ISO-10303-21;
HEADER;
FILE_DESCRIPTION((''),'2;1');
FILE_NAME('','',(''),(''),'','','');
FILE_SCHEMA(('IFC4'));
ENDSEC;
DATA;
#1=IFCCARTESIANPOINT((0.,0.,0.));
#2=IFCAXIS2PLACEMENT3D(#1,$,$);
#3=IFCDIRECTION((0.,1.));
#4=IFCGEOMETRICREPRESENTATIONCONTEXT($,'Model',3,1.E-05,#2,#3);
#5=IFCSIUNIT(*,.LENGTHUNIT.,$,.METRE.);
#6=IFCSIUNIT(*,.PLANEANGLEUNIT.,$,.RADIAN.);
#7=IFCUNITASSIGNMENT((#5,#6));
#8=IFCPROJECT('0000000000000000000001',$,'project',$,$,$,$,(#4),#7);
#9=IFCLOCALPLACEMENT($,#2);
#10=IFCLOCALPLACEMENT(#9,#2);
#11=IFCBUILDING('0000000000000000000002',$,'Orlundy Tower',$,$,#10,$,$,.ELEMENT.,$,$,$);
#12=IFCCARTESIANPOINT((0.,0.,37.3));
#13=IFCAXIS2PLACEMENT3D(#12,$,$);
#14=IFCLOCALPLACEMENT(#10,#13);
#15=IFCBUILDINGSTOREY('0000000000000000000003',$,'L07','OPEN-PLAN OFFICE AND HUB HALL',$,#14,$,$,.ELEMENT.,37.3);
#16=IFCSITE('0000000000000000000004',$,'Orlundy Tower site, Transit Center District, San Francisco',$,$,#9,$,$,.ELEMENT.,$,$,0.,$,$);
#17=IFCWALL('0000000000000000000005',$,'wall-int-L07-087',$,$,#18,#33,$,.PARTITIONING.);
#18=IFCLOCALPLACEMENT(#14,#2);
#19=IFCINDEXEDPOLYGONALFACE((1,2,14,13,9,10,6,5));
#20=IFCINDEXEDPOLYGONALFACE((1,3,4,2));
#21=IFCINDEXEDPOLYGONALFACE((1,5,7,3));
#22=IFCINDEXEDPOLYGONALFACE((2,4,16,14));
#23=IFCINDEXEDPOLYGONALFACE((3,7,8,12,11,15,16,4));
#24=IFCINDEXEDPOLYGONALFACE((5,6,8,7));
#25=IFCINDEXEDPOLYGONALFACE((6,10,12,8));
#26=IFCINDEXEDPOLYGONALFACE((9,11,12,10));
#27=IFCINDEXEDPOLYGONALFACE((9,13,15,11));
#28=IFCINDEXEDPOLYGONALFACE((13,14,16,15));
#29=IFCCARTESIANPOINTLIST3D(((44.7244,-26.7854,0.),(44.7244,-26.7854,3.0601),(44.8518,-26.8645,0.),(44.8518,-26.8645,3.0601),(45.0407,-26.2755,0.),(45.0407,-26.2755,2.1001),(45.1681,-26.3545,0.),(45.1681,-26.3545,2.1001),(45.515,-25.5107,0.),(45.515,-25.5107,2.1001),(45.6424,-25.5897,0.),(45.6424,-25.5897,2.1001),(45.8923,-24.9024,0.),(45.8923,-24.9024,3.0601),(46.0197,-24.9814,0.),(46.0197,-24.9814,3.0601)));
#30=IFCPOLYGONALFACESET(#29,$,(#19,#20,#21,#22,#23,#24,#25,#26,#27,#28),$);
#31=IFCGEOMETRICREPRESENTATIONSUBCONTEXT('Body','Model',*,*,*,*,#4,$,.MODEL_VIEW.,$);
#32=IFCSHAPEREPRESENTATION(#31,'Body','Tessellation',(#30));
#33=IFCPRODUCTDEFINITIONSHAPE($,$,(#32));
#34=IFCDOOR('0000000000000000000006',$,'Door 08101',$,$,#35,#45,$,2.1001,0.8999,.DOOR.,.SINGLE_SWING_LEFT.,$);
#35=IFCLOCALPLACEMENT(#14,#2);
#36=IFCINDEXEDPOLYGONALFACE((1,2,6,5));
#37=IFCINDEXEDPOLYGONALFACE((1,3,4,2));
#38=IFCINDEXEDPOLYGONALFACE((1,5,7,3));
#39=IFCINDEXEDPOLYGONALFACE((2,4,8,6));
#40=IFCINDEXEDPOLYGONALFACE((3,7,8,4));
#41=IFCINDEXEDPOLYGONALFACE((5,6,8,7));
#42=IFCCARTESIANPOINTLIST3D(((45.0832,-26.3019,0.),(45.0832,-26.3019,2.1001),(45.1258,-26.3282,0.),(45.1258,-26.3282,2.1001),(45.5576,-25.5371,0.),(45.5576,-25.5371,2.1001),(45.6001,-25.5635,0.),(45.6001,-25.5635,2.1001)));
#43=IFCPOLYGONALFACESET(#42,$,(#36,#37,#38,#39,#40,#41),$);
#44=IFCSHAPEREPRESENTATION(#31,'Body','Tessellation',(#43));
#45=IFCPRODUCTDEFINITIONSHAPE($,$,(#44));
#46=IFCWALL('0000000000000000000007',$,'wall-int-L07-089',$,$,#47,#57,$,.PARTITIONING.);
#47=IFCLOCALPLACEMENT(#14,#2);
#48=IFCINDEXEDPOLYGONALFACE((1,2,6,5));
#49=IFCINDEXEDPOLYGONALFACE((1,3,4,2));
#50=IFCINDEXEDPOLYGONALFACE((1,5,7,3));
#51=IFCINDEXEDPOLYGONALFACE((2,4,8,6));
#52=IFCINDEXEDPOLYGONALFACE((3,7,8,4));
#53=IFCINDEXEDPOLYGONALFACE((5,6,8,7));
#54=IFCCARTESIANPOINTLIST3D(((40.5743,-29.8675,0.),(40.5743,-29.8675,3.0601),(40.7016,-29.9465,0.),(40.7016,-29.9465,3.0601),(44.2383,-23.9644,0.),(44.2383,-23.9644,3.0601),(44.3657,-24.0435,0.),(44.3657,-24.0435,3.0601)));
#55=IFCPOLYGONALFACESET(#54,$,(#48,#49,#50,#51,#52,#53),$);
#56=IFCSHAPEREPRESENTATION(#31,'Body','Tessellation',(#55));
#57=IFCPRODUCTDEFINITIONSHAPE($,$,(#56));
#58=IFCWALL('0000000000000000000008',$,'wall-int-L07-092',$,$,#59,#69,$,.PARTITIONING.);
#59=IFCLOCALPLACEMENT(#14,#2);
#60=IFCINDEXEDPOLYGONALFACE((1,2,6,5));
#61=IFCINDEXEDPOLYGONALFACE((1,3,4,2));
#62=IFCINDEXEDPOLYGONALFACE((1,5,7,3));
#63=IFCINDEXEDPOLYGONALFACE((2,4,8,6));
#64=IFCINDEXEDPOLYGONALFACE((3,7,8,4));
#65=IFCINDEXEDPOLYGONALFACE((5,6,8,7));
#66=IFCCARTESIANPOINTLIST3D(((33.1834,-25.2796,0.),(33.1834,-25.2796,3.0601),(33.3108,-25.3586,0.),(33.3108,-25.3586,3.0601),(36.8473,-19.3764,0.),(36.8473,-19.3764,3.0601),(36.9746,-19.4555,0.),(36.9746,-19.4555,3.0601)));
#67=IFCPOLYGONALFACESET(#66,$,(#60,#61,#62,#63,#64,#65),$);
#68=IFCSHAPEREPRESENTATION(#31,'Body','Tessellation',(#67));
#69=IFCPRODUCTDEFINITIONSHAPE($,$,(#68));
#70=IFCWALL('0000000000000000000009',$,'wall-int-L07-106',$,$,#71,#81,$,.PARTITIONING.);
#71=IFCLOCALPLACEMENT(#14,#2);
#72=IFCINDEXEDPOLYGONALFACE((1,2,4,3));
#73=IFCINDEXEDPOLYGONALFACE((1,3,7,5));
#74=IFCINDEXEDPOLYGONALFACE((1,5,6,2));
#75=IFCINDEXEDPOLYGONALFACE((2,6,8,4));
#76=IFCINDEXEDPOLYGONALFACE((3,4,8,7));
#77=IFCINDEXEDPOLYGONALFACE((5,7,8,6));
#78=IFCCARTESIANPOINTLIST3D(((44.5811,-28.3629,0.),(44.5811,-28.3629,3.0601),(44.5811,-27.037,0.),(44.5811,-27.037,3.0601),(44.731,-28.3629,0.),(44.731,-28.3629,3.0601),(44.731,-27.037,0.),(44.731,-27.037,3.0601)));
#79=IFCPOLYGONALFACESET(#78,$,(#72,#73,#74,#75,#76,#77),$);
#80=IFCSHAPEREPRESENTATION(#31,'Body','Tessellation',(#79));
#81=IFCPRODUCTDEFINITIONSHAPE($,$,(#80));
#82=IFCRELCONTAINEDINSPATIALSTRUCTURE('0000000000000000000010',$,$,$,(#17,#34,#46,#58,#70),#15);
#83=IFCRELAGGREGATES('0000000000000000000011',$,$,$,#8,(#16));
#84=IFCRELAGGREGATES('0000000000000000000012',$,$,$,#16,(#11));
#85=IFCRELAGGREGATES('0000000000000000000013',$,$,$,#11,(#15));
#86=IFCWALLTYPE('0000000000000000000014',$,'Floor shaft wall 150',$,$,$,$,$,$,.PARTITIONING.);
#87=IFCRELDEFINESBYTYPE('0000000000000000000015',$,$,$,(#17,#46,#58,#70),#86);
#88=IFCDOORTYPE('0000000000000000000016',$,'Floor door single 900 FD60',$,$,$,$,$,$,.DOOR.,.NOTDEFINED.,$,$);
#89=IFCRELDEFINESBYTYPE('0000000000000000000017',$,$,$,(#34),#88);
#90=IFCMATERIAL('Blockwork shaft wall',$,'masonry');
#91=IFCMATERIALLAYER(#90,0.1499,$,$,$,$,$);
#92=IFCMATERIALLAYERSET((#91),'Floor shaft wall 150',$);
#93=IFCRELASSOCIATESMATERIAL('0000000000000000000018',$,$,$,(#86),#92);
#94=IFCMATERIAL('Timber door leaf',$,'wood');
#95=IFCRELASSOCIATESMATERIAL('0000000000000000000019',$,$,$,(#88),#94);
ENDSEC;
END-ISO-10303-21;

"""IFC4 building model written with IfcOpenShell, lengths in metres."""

from ifc_helpers import new_model, si_unit, direction, frame, frame_2d, origin, place, context, subcontext, project, spatial, rectangle, extrude, material, layer, layer_set, type_object, element, fill, save


model = new_model("IFC4")

# Units and contexts
model_context = context("Model", 3, precision=1e-05, world=origin(), true_north=direction((0.0, 1.0)))
body_context = subcontext(model_context, "Body", "Model", "MODEL_VIEW")
ifc_project = project(units=[si_unit("LENGTHUNIT", "METRE"), si_unit("PLANEANGLEUNIT", "RADIAN")], contexts=[model_context])

# Site, building, storey
site_placement = place(None, origin())
site = spatial("IfcSite", under=ifc_project, at=site_placement, Name="Orlundy Tower site, Transit Center District, San Francisco", CompositionType="ELEMENT", RefElevation=0.0)
building_placement = place(site_placement, origin())
building = spatial("IfcBuilding", under=site, at=building_placement, Name="Orlundy Tower", CompositionType="ELEMENT")
storey_placement = place(building_placement, frame((0.0, 0.0, 37.3)))
storey = spatial("IfcBuildingStorey", under=building, at=storey_placement, Name="L07", Description="OPEN-PLAN OFFICE AND HUB HALL", CompositionType="ELEMENT", Elevation=37.3)

# Shared definitions
ifc_material_1 = material(Name="Blockwork shaft wall", Category="masonry")
ifc_layer_1 = layer(ifc_material_1, 0.1499)
ifc_layer_set_1 = layer_set([ifc_layer_1], Name="Floor shaft wall 150")
wall_type_1 = type_object("IfcWallType", Name="Floor shaft wall 150", PredefinedType="PARTITIONING", material=ifc_layer_set_1)
ifc_material_2 = material(Name="Timber door leaf", Category="wood")
door_type_1 = type_object("IfcDoorType", Name="Floor door single 900 FD60", OperationType="NOTDEFINED", PredefinedType="DOOR", material=ifc_material_2)

# Wall, opening, door
wall_1_placement = place(storey_placement, frame((44.7881, -26.825, 0.0), z_axis=(0.0, 0.0, 1.0), x_axis=(0.527094, 0.849807, 0.0)))
wall_1 = element("IfcWall", 1, at=wall_1_placement, inside=storey, type_object=wall_type_1, Name="wall-int-L07-087", PredefinedType="PARTITIONING", context=body_context, shape_type="SweptSolid", body=[
    extrude(rectangle(XDim=2.2158, YDim=0.1499, at=frame_2d((1.1079, 0.0))), origin(), (0.0, 0.0, 1.0), 3.0601),
])
opening_1_placement = place(wall_1_placement, frame((0.6001, 0.0, 0.0)))
opening_1 = element("IfcOpeningElement", 2, at=opening_1_placement, cuts=wall_1, PredefinedType="OPENING", context=body_context, shape_type="SweptSolid", body=[
    extrude(rectangle(XDim=0.8999, YDim=2.1001, at=frame_2d((0.45, 1.05))), frame((0.0, 0.085, 0.0), z_axis=(0.0, -1.0, 0.0), x_axis=(1.0, 0.0, 0.0)), (0.0, 0.0, 1.0), 0.1699),
])
door_1_placement = place(opening_1_placement, origin())
door_1 = element("IfcDoor", 3, at=door_1_placement, inside=storey, type_object=door_type_1, Name="Door 08101", OperationType="SINGLE_SWING_LEFT", OverallHeight=2.1001, OverallWidth=0.8999, PredefinedType="DOOR", context=body_context, shape_type="SweptSolid", body=[
    extrude(rectangle(XDim=0.8999, YDim=2.1001, at=frame_2d((0.45, 1.05))), frame((0.0, 0.0249, 0.0), z_axis=(0.0, -1.0, 0.0), x_axis=(1.0, 0.0, 0.0)), (0.0, 0.0, 1.0), 0.05),
])
fill(opening_1, door_1)

# Walls
for number, where, z_axis, x_axis, name in (
    (4, (40.6379, -29.907, 0.0), (0.0, 0.0, 1.0), (0.527372, 0.849635, 0.0), "wall-int-L07-089"),
    (5, (33.2471, -25.3191, 0.0), (0.0, 0.0, 1.0), (0.527346, 0.84965, 0.0), "wall-int-L07-092"),
):
    element("IfcWall", number, at=place(storey_placement, frame(where, z_axis=z_axis, x_axis=x_axis)), inside=storey, type_object=wall_type_1, Name=name, PredefinedType="PARTITIONING", context=body_context, shape_type="SweptSolid", body=[
        extrude(rectangle(XDim=6.9478, YDim=0.1499, at=frame_2d((3.4739, 0.0))), origin(), (0.0, 0.0, 1.0), 3.0601),
    ])
wall_2_placement = place(storey_placement, frame((44.656, -28.363, 0.0), z_axis=(0.0, 0.0, 1.0), x_axis=(0.0, 1.0, 0.0)))
element("IfcWall", 6, at=wall_2_placement, inside=storey, type_object=wall_type_1, Name="wall-int-L07-106", PredefinedType="PARTITIONING", context=body_context, shape_type="SweptSolid", body=[
    extrude(rectangle(XDim=1.3259, YDim=0.1499, at=frame_2d((0.6631, 0.0))), origin(), (0.0, 0.0, 1.0), 3.0601),
])

save(model, "model.ifc")
